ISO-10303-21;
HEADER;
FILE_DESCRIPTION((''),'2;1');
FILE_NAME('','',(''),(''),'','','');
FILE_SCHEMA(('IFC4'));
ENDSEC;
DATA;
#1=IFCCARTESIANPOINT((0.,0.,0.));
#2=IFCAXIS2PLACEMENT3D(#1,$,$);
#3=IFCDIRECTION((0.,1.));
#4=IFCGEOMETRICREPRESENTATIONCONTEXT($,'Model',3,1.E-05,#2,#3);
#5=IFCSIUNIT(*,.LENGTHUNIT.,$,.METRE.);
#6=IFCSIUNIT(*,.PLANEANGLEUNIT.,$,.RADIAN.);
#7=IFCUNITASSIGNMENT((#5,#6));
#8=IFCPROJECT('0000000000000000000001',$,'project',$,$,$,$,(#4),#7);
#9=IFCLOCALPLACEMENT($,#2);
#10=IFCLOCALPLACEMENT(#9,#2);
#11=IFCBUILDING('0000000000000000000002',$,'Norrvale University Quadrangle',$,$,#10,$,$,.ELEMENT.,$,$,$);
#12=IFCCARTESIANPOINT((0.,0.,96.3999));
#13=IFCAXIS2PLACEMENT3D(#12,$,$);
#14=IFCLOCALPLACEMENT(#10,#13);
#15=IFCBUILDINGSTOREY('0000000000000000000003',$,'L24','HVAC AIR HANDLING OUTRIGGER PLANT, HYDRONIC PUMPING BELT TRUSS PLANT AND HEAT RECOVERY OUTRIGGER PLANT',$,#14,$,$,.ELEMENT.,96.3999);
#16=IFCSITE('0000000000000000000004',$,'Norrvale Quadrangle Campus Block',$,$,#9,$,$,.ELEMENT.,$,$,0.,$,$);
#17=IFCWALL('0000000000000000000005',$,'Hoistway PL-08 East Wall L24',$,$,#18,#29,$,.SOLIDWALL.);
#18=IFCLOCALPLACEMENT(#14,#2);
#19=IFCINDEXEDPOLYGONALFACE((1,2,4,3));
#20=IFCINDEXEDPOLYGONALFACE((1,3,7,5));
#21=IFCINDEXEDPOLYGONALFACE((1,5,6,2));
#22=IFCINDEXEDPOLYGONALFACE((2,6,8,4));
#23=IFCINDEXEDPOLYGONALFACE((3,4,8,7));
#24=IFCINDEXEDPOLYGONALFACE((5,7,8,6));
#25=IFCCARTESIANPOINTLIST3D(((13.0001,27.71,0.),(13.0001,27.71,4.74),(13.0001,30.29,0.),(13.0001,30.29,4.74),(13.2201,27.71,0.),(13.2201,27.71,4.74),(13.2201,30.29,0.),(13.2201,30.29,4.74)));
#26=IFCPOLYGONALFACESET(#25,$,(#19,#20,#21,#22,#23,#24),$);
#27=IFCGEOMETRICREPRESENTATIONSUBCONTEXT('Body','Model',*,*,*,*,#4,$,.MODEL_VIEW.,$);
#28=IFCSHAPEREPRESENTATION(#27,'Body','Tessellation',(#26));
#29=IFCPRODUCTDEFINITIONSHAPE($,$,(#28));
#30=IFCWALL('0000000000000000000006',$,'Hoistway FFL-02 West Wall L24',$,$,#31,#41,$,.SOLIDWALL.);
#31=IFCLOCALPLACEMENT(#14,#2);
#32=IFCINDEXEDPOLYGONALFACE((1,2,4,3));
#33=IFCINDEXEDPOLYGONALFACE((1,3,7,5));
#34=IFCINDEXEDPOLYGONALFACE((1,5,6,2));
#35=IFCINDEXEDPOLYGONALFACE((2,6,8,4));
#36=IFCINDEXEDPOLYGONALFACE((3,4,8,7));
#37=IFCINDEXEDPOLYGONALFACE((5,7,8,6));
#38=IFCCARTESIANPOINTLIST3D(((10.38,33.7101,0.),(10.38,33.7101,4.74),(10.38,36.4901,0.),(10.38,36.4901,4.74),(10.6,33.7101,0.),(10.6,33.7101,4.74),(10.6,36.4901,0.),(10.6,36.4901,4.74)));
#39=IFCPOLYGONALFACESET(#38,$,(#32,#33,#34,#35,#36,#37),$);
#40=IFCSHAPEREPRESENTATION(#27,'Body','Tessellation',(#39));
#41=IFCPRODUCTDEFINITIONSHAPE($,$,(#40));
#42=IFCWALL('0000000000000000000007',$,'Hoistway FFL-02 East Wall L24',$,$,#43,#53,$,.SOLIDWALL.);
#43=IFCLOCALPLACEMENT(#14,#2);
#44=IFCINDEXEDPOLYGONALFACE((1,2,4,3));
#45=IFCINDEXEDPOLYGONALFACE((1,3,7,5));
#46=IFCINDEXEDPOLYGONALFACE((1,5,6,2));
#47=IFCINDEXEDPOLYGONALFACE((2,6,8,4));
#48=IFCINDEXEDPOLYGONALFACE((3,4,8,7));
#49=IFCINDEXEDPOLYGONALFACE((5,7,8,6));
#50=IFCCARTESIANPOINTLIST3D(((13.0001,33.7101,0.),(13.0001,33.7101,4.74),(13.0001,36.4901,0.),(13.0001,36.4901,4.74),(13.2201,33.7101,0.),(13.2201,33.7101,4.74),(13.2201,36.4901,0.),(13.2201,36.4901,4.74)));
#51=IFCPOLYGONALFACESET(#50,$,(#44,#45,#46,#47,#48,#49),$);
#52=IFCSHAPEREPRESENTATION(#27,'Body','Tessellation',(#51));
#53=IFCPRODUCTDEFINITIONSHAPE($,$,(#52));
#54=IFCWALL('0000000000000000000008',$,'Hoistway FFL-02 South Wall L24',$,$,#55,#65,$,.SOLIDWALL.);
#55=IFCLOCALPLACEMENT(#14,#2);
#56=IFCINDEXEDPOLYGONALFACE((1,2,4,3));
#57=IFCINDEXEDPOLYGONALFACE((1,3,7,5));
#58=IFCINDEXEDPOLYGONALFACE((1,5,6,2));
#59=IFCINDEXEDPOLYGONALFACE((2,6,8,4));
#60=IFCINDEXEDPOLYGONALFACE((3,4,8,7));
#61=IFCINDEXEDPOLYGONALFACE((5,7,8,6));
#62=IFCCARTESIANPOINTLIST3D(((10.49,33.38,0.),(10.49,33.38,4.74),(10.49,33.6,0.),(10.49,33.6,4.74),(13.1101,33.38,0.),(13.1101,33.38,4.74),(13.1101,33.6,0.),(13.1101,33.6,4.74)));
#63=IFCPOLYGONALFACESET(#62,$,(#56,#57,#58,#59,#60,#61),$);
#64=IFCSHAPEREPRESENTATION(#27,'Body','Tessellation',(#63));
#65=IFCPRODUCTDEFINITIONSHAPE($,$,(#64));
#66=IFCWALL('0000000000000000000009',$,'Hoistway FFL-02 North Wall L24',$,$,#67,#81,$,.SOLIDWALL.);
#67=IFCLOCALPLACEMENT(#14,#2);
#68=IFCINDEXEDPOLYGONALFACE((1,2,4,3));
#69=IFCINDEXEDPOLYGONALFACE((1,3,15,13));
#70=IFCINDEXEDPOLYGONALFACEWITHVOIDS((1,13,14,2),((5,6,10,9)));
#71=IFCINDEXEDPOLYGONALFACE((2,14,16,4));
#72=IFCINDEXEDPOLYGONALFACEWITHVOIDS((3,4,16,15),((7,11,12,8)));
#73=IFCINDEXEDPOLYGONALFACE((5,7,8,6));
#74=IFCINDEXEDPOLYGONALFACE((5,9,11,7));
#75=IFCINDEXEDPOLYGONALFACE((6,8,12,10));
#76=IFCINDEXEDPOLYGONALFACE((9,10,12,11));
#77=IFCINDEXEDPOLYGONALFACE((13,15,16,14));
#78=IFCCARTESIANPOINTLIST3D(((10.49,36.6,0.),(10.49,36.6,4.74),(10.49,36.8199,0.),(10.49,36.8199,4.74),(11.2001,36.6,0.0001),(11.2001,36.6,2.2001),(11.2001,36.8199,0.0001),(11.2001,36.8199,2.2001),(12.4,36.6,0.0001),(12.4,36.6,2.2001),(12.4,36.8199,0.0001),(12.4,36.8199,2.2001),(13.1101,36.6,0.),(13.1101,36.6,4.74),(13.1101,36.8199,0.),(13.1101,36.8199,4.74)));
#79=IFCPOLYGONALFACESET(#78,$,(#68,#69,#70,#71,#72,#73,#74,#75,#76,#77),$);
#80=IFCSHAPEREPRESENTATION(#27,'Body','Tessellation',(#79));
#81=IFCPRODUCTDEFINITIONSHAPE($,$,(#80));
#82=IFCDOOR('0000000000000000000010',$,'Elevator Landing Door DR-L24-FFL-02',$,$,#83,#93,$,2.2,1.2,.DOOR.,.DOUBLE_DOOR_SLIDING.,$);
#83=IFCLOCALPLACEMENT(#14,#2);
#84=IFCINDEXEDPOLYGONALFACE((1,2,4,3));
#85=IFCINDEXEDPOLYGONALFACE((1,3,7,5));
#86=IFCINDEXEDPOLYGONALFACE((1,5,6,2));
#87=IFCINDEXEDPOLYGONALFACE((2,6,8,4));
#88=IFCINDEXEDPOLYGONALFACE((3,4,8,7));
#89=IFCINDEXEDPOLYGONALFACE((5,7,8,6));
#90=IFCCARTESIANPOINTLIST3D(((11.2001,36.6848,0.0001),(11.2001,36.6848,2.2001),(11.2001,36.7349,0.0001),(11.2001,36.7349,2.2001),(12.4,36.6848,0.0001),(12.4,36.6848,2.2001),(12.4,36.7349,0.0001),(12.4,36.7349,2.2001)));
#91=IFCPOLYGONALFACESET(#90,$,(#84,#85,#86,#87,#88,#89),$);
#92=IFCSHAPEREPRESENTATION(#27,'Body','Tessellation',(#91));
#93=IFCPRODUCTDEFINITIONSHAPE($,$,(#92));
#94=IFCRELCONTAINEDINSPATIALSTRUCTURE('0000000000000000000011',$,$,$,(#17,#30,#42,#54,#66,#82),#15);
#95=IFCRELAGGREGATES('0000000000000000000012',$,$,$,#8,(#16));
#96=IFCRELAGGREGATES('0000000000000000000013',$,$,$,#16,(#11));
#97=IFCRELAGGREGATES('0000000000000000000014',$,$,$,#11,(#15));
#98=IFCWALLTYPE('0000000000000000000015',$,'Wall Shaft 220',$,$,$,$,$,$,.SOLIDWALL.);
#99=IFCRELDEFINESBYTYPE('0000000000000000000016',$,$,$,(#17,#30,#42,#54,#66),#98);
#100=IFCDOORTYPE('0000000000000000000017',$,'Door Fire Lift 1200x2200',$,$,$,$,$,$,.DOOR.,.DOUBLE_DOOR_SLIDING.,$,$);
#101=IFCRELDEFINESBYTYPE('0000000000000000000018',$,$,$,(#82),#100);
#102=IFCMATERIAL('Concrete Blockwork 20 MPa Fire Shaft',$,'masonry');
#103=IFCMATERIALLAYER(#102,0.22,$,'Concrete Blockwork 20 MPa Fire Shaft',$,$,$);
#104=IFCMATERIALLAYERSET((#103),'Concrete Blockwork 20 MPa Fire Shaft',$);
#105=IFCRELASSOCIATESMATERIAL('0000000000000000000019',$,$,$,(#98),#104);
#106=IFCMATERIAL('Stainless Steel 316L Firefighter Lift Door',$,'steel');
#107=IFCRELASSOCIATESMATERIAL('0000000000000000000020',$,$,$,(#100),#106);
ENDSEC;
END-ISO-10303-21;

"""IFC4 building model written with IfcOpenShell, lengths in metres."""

from ifc_helpers import new_model, si_unit, direction, frame, frame_2d, origin, place, context, subcontext, project, spatial, rectangle, extrude, material, layer, layer_set, type_object, element, fill, save


model = new_model("IFC4")

# Units and contexts
model_context = context("Model", 3, precision=1e-05, world=origin(), true_north=direction((0.0, 1.0)))
body_context = subcontext(model_context, "Body", "Model", "MODEL_VIEW")
ifc_project = project(units=[si_unit("LENGTHUNIT", "METRE"), si_unit("PLANEANGLEUNIT", "RADIAN")], contexts=[model_context])

# Site, building, storey
site_placement = place(None, origin())
site = spatial("IfcSite", under=ifc_project, at=site_placement, Name="Norrvale Quadrangle Campus Block", CompositionType="ELEMENT", RefElevation=0.0)
building_placement = place(site_placement, origin())
building = spatial("IfcBuilding", under=site, at=building_placement, Name="Norrvale University Quadrangle", CompositionType="ELEMENT")
storey_placement = place(building_placement, frame((0.0, 0.0, 96.3999)))
storey = spatial("IfcBuildingStorey", under=building, at=storey_placement, Name="L24", Description="HVAC AIR HANDLING OUTRIGGER PLANT, HYDRONIC PUMPING BELT TRUSS PLANT AND HEAT RECOVERY OUTRIGGER PLANT", CompositionType="ELEMENT", Elevation=96.3999)

# Walls
ifc_material_1 = material(Name="Concrete Blockwork 20 MPa Fire Shaft", Category="masonry")
ifc_layer_1 = layer(ifc_material_1, 0.22, Name="Concrete Blockwork 20 MPa Fire Shaft")
ifc_layer_set_1 = layer_set([ifc_layer_1], Name="Concrete Blockwork 20 MPa Fire Shaft")
wall_type_1 = type_object("IfcWallType", Name="Wall Shaft 220", PredefinedType="SOLIDWALL", material=ifc_layer_set_1)
for number, where, z_axis, x_axis, name in (
    (1, (13.1101, 27.71, 0.0), (0.0, 0.0, 1.0), (0.0, 1.0, 0.0), "Hoistway PL-08 East Wall L24"),
):
    element("IfcWall", number, at=place(storey_placement, frame(where, z_axis=z_axis, x_axis=x_axis)), inside=storey, type_object=wall_type_1, Name=name, PredefinedType="SOLIDWALL", context=body_context, shape_type="SweptSolid", body=[
        extrude(rectangle(XDim=2.5801, YDim=0.22, at=frame_2d((1.29, 0.0))), origin(), (0.0, 0.0, 1.0), 4.74),
    ])
for number, where, z_axis, x_axis, name in (
    (2, (10.49, 33.71, 0.0), (0.0, 0.0, 1.0), (0.0, 1.0, 0.0), "Hoistway FFL-02 West Wall L24"),
    (3, (13.1101, 33.71, 0.0), (0.0, 0.0, 1.0), (0.0, 1.0, 0.0), "Hoistway FFL-02 East Wall L24"),
):
    element("IfcWall", number, at=place(storey_placement, frame(where, z_axis=z_axis, x_axis=x_axis)), inside=storey, type_object=wall_type_1, Name=name, PredefinedType="SOLIDWALL", context=body_context, shape_type="SweptSolid", body=[
        extrude(rectangle(XDim=2.78, YDim=0.22, at=frame_2d((1.3901, 0.0))), origin(), (0.0, 0.0, 1.0), 4.74),
    ])
wall_1_placement = place(storey_placement, frame((10.49, 33.49, 0.0), z_axis=(0.0, 0.0, 1.0), x_axis=(1.0, 0.0, 0.0)))
element("IfcWall", 4, at=wall_1_placement, inside=storey, type_object=wall_type_1, Name="Hoistway FFL-02 South Wall L24", PredefinedType="SOLIDWALL", context=body_context, shape_type="SweptSolid", body=[
    extrude(rectangle(XDim=2.6201, YDim=0.22, at=frame_2d((1.3101, 0.0))), origin(), (0.0, 0.0, 1.0), 4.74),
])

# Wall, opening, door
wall_2_placement = place(storey_placement, frame((10.49, 36.71, 0.0), z_axis=(0.0, 0.0, 1.0), x_axis=(1.0, 0.0, 0.0)))
wall_2 = element("IfcWall", 5, at=wall_2_placement, inside=storey, type_object=wall_type_1, Name="Hoistway FFL-02 North Wall L24", PredefinedType="SOLIDWALL", context=body_context, shape_type="SweptSolid", body=[
    extrude(rectangle(XDim=2.6201, YDim=0.22, at=frame_2d((1.3101, 0.0))), origin(), (0.0, 0.0, 1.0), 4.74),
])
opening_1_placement = place(wall_2_placement, frame((0.71, 0.0, 0.0)))
opening_1 = element("IfcOpeningElement", 6, at=opening_1_placement, cuts=wall_2, PredefinedType="OPENING", context=body_context, shape_type="SweptSolid", body=[
    extrude(rectangle(XDim=1.2, YDim=2.2, at=frame_2d((0.6001, 1.1001))), frame((0.0, 0.1221, 0.0), z_axis=(0.0, -1.0, 0.0), x_axis=(1.0, 0.0, 0.0)), (0.0, 0.0, 1.0), 0.2439),
])
ifc_material_2 = material(Name="Stainless Steel 316L Firefighter Lift Door", Category="steel")
door_type_1 = type_object("IfcDoorType", Name="Door Fire Lift 1200x2200", OperationType="DOUBLE_DOOR_SLIDING", PredefinedType="DOOR", material=ifc_material_2)
door_1_placement = place(opening_1_placement, origin())
door_1 = element("IfcDoor", 7, at=door_1_placement, inside=storey, type_object=door_type_1, Name="Elevator Landing Door DR-L24-FFL-02", OperationType="DOUBLE_DOOR_SLIDING", OverallHeight=2.2, OverallWidth=1.2, PredefinedType="DOOR", context=body_context, shape_type="SweptSolid", body=[
    extrude(rectangle(XDim=1.2, YDim=2.2, at=frame_2d((0.6001, 1.1001))), frame((0.0, 0.0249, 0.0), z_axis=(0.0, -1.0, 0.0), x_axis=(1.0, 0.0, 0.0)), (0.0, 0.0, 1.0), 0.05),
])
fill(opening_1, door_1)

save(model, "model.ifc")
